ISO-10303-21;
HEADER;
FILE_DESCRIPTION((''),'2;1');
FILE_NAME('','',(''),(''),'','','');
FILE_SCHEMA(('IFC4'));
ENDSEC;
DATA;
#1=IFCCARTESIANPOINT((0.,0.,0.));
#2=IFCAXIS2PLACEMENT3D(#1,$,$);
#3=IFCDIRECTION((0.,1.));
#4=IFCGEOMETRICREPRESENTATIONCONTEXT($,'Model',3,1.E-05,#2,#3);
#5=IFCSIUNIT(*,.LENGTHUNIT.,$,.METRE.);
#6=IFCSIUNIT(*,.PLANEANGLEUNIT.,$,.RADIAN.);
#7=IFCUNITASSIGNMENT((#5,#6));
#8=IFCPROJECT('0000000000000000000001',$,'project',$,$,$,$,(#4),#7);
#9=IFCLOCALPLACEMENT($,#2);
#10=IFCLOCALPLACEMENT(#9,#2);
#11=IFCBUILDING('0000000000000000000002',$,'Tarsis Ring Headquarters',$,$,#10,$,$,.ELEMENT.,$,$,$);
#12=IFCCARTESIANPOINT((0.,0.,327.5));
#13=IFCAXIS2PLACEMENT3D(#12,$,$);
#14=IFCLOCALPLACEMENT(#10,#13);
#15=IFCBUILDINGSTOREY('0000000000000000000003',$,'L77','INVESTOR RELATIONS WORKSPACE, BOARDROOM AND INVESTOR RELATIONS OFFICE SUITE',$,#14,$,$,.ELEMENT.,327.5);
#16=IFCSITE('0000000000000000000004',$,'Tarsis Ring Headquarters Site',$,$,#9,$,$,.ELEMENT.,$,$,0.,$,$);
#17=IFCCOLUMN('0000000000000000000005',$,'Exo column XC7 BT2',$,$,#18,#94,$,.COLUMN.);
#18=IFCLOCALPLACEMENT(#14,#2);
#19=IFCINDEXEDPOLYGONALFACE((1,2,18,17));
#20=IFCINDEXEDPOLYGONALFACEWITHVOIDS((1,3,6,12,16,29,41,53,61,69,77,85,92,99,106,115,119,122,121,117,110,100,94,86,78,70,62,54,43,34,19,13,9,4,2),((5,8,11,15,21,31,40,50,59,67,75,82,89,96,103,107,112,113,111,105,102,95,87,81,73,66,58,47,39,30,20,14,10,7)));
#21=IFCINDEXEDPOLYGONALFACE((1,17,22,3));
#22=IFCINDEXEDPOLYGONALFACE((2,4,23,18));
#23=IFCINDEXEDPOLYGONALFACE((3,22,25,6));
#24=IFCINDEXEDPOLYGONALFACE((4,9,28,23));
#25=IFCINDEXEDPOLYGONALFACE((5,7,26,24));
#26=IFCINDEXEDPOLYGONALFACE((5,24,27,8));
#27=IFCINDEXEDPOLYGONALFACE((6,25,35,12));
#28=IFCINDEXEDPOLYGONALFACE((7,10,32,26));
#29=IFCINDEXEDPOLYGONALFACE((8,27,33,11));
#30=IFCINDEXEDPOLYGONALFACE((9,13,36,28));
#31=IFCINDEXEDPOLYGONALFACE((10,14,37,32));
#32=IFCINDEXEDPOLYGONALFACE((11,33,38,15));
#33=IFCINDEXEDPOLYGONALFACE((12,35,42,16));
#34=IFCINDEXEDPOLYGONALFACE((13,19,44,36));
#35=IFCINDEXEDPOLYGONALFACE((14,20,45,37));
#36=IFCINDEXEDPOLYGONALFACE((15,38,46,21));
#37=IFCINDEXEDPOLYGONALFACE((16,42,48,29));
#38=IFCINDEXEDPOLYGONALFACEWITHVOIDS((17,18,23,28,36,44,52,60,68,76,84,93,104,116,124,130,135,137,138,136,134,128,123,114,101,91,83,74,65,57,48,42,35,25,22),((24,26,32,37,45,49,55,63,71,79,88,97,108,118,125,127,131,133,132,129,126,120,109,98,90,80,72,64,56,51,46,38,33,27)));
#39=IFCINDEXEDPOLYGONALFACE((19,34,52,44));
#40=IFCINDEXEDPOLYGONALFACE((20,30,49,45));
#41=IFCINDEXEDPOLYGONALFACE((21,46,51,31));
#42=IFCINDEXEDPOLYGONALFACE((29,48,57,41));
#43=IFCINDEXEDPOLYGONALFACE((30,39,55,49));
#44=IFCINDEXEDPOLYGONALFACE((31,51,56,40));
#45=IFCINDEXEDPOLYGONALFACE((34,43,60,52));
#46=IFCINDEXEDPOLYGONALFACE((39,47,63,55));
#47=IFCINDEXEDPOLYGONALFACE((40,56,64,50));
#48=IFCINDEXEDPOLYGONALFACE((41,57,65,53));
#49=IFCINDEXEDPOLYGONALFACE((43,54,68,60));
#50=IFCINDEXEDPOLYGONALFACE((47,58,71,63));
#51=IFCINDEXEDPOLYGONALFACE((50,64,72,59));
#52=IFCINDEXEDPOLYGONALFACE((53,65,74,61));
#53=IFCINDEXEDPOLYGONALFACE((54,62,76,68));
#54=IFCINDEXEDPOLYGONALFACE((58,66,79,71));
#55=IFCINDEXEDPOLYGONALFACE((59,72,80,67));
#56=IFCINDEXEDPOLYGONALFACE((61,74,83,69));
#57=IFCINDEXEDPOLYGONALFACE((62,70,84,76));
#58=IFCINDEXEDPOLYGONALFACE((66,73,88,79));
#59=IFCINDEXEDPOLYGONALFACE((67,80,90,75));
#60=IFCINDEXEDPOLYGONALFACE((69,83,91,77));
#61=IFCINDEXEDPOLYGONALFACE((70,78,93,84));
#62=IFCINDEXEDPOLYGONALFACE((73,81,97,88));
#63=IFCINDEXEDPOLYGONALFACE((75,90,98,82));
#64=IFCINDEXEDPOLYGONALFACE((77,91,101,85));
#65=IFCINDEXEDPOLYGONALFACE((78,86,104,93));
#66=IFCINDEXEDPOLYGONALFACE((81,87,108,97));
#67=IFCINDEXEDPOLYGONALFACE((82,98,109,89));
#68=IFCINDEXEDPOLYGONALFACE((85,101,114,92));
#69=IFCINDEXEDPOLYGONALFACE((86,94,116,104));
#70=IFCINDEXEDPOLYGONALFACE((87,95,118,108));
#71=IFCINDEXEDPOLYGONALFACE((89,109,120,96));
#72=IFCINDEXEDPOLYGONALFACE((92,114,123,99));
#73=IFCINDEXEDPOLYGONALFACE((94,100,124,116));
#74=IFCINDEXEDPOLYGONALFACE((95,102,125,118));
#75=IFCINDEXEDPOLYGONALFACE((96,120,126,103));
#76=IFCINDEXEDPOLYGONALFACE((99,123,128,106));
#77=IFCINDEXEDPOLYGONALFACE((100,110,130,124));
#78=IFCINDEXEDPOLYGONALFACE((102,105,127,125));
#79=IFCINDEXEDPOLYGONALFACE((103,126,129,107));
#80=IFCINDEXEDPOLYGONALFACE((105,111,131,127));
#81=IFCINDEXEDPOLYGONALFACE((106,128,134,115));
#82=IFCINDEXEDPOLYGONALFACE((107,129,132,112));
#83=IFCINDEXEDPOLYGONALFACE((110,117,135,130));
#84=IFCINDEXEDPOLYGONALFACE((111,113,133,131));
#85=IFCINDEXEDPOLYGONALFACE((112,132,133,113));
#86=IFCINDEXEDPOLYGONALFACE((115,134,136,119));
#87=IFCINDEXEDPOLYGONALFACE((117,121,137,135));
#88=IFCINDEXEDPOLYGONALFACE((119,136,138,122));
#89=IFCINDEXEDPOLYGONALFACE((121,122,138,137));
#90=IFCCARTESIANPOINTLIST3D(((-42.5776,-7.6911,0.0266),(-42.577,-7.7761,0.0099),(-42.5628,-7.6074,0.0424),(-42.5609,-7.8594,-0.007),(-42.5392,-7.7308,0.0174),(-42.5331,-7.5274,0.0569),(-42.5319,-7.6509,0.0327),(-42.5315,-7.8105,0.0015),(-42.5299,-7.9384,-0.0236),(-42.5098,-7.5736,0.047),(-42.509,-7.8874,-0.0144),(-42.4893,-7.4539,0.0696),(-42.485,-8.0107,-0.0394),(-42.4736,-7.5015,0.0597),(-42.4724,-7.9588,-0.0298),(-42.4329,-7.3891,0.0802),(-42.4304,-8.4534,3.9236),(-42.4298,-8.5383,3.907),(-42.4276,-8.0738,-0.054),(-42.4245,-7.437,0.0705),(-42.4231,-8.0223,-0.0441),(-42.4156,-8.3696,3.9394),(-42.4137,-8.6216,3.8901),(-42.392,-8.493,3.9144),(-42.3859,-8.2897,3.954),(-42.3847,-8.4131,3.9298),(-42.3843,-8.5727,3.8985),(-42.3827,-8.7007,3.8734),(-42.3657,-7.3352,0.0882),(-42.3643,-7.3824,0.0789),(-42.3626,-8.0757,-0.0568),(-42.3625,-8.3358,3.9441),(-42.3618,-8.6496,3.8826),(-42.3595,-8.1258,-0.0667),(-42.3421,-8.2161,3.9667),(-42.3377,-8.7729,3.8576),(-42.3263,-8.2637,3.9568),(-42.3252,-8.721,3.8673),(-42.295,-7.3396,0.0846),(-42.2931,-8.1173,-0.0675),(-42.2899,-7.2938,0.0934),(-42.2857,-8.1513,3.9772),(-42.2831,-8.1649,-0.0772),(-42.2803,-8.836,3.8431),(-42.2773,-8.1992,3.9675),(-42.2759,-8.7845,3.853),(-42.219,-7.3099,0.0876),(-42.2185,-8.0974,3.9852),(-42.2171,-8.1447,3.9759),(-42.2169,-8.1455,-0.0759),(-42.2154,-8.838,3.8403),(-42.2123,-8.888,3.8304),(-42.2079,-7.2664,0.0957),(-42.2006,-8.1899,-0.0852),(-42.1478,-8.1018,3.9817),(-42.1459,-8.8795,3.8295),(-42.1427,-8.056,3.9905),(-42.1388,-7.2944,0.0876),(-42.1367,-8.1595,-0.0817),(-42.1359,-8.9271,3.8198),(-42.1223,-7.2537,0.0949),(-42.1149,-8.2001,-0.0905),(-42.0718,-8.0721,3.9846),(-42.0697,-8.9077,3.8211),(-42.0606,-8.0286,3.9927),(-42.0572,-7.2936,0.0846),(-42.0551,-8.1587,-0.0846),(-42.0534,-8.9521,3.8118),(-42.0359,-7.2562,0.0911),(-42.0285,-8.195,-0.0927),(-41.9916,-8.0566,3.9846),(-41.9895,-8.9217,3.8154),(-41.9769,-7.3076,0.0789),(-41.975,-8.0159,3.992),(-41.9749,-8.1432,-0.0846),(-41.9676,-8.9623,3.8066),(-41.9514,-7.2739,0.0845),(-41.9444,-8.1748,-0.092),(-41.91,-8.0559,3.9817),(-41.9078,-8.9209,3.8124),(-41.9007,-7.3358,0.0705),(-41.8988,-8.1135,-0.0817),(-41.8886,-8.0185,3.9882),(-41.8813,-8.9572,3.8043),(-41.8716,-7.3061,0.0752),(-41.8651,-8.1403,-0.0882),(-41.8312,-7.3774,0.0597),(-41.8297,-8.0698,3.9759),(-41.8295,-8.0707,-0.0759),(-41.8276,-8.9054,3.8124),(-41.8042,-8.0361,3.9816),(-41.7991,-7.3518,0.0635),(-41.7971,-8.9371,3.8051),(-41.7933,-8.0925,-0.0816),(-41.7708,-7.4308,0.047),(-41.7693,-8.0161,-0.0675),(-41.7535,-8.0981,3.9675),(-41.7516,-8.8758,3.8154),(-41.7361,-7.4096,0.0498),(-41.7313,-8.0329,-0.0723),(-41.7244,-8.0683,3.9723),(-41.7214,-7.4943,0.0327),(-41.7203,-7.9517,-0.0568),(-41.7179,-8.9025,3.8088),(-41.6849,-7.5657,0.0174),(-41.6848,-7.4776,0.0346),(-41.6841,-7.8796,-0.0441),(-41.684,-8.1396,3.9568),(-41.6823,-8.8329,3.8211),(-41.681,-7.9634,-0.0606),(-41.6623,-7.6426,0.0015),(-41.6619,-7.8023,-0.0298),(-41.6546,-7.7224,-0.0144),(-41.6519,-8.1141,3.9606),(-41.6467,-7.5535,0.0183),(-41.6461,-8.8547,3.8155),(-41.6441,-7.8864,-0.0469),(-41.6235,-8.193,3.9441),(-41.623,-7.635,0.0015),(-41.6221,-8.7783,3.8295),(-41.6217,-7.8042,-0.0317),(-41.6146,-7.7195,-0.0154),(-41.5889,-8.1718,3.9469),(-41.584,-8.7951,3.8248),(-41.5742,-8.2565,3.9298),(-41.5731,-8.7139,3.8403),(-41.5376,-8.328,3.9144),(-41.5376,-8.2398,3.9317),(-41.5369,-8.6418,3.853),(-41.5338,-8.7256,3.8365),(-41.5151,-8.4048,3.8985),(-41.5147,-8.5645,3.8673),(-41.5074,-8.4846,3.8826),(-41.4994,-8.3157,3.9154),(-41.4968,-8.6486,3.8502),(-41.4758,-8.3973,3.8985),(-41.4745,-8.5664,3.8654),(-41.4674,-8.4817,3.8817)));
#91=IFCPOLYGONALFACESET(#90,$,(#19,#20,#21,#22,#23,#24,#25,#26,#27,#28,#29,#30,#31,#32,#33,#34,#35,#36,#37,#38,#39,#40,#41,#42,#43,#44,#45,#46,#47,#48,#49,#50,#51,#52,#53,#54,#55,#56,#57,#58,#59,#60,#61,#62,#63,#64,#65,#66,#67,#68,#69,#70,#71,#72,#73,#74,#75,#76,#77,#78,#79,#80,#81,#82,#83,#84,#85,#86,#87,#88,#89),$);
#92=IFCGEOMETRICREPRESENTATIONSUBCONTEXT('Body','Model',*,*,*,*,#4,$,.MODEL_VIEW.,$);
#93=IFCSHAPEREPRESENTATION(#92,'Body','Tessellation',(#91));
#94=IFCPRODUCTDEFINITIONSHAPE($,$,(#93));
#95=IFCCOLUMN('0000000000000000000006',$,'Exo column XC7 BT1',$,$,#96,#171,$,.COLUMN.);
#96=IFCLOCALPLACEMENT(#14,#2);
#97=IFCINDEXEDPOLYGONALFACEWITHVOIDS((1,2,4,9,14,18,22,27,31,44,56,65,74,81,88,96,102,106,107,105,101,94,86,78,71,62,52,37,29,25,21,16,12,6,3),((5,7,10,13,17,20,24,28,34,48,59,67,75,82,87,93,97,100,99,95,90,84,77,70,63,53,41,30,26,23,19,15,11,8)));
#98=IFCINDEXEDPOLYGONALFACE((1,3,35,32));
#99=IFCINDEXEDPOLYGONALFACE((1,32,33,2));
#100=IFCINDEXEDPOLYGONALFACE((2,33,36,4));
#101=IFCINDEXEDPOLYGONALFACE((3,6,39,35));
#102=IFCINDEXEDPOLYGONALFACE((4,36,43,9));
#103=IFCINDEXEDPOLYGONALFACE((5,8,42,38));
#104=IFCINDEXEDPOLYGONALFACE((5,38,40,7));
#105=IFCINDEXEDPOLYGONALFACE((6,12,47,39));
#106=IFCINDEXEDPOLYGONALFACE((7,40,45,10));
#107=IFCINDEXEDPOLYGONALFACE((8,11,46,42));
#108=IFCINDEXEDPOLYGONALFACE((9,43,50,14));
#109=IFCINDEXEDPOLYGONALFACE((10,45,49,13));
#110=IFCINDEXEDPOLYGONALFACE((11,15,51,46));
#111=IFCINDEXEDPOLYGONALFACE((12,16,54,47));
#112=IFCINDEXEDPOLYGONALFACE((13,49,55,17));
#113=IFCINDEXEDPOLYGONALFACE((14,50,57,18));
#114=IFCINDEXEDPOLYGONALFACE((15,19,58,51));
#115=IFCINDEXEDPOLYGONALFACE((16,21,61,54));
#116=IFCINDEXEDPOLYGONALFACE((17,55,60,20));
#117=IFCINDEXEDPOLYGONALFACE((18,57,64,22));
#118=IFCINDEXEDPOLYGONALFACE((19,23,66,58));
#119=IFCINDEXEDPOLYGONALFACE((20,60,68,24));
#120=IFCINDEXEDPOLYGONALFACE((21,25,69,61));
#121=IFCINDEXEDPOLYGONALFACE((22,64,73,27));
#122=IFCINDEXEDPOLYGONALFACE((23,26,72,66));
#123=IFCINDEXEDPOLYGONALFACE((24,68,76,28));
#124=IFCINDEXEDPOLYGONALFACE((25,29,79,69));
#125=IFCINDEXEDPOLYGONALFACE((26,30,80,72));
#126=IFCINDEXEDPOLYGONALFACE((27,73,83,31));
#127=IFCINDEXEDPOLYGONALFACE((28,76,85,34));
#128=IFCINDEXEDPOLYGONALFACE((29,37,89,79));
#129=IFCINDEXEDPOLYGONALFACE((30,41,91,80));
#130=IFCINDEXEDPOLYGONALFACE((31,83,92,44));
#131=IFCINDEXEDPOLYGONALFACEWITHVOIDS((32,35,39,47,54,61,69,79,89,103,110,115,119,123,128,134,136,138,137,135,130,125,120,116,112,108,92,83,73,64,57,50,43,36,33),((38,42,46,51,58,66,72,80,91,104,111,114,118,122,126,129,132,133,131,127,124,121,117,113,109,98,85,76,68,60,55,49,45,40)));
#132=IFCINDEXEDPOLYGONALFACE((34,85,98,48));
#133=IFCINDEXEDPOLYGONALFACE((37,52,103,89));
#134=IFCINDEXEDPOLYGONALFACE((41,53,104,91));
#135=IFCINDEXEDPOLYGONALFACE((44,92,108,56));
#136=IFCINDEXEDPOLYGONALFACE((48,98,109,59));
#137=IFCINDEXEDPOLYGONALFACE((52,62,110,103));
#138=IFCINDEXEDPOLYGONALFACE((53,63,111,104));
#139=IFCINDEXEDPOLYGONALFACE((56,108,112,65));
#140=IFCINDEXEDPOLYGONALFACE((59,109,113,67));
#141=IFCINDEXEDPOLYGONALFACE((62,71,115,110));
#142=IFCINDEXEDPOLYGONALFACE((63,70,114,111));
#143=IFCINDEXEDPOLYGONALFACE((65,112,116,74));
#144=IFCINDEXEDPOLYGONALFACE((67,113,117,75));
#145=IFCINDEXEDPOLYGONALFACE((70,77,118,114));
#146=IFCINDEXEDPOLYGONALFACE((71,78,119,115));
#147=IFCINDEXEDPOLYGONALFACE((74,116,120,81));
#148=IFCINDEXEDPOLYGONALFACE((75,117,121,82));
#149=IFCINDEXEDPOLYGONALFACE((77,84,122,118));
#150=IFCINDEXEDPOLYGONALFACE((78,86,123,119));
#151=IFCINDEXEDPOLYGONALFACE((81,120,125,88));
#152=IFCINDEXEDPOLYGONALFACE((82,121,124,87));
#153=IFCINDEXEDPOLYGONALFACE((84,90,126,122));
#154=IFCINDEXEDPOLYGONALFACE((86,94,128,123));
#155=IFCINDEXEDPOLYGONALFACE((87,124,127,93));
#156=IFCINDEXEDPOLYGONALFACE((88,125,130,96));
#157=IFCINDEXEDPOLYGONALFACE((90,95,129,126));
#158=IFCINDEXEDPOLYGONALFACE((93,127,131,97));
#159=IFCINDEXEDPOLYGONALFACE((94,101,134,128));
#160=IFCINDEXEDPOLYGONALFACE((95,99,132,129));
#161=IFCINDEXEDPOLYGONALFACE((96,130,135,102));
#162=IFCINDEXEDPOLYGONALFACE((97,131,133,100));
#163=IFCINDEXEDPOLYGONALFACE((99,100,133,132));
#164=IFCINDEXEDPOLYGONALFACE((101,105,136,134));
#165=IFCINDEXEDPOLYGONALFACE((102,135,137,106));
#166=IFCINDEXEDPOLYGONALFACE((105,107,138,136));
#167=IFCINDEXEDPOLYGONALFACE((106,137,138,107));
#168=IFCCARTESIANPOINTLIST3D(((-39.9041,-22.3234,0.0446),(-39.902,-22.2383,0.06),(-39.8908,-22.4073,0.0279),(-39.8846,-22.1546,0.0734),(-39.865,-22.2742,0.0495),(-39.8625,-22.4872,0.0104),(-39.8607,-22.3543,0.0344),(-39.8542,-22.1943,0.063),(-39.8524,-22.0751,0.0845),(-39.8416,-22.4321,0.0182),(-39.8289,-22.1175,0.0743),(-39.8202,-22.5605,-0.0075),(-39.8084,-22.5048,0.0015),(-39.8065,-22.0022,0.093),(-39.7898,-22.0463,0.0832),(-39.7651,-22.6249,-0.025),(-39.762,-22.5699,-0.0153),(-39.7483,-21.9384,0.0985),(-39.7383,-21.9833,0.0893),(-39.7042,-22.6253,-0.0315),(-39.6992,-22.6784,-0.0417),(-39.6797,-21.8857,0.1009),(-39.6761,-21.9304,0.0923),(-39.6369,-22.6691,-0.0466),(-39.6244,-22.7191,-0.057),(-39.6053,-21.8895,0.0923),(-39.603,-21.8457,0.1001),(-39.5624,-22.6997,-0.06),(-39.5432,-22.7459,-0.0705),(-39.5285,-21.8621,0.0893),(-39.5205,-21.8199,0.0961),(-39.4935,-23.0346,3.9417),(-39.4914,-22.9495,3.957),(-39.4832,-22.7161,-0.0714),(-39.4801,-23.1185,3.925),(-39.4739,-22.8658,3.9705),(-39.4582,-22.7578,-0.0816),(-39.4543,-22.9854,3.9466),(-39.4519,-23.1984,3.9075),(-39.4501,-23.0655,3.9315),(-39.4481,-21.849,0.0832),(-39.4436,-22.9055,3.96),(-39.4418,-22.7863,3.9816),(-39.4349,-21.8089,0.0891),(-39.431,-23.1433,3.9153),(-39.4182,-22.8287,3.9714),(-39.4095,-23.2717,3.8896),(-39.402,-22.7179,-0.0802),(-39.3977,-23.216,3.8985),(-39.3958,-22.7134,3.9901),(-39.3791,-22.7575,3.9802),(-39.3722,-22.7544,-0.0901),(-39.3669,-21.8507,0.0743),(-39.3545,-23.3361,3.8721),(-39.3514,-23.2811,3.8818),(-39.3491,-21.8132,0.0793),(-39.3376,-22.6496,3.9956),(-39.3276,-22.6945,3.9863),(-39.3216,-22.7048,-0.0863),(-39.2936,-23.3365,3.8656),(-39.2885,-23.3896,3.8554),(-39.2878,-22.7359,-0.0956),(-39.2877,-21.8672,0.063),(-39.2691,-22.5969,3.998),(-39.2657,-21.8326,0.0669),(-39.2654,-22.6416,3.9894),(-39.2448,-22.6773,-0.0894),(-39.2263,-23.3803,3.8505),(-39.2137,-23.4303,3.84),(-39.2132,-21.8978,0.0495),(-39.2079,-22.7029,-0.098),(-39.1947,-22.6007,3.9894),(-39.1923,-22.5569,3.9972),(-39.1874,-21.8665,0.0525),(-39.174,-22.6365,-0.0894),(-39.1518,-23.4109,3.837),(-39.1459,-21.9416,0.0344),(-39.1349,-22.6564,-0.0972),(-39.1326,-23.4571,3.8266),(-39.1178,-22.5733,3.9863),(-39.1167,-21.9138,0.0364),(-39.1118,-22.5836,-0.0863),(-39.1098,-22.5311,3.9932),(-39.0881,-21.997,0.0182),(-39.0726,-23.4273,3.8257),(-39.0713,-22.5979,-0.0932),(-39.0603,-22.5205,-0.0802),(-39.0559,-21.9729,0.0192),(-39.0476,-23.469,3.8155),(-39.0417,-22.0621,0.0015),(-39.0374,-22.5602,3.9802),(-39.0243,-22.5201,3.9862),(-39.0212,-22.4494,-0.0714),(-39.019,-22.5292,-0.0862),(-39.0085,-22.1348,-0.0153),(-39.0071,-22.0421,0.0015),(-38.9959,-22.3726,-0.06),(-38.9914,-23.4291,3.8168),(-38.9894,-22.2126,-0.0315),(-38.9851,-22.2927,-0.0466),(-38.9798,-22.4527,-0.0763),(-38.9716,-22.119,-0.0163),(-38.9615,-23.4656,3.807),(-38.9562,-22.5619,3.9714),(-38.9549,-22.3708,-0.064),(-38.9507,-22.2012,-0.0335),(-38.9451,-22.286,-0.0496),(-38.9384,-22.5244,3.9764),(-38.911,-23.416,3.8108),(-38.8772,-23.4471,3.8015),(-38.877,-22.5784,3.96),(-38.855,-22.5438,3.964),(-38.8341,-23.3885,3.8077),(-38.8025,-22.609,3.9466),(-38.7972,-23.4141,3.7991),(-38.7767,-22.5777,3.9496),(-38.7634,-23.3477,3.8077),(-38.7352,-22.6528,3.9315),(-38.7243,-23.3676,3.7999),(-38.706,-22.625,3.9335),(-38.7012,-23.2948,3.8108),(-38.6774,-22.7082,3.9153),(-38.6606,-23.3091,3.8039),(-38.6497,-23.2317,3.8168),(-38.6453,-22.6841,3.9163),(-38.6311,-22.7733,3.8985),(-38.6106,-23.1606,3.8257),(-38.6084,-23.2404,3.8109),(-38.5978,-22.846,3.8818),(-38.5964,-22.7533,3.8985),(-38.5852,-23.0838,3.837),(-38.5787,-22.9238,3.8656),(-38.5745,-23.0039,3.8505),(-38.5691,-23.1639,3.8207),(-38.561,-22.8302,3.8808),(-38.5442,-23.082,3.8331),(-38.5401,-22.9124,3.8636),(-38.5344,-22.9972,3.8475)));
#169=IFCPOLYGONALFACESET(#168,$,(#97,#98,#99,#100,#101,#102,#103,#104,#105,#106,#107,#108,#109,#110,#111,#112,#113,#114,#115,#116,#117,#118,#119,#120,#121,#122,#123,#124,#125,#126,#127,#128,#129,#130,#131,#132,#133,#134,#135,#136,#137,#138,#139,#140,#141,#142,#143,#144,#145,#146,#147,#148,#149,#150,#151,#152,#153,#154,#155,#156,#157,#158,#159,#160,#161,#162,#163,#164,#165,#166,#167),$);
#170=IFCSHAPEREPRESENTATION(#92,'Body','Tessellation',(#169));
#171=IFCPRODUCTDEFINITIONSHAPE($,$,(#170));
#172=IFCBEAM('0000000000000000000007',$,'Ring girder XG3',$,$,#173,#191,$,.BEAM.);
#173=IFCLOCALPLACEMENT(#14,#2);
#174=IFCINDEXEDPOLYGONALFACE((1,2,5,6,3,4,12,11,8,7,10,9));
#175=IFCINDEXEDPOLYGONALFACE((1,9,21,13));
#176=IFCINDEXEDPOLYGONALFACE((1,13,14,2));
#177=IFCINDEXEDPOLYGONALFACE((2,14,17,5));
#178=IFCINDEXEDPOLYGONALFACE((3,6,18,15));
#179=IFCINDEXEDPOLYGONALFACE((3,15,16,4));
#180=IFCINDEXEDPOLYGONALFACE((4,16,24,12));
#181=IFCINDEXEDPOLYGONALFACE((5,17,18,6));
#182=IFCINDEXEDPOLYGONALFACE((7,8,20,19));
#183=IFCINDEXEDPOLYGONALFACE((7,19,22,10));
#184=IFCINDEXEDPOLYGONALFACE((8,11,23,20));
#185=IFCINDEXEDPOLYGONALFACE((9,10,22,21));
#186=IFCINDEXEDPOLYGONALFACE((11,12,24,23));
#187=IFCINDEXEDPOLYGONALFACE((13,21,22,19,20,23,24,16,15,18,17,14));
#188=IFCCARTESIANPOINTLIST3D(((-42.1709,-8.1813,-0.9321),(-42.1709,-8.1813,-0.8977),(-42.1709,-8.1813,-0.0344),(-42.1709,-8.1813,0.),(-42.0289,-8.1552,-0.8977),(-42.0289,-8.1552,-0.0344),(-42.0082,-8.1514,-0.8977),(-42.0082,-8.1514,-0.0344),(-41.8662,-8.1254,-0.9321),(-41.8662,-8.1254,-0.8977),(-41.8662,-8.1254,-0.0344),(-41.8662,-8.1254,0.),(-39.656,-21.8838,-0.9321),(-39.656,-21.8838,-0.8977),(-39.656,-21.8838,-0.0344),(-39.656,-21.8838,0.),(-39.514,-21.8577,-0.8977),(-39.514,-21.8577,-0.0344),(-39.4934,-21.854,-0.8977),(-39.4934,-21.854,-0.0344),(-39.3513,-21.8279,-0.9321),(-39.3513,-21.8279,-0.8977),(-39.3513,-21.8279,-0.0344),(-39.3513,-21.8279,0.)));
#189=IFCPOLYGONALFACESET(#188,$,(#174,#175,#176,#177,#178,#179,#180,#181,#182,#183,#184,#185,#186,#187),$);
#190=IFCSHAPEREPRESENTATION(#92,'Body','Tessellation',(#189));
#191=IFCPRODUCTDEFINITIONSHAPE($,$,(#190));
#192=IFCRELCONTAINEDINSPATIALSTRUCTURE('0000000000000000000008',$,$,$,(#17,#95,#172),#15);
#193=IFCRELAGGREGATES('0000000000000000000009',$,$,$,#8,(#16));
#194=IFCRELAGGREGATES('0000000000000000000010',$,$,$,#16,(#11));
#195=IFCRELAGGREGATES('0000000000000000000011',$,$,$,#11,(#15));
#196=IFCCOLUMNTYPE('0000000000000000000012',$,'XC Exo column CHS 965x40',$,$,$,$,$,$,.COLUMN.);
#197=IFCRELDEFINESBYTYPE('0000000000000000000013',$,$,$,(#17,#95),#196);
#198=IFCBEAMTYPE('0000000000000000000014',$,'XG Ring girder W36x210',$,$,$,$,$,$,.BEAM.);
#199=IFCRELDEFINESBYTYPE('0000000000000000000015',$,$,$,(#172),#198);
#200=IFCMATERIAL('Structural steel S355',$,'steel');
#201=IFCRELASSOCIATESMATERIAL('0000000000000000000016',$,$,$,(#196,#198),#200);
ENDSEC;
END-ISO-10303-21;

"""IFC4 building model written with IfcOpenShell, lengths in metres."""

from ifc_helpers import new_model, si_unit, direction, frame, origin, origin_2d, place, context, subcontext, project, spatial, hollow_circle, i_section, extrude, material, material_profile, profile_set, type_object, element, save


model = new_model("IFC4")

# Units and contexts
model_context = context("Model", 3, precision=1e-05, world=origin(), true_north=direction((0.0, 1.0)))
body_context = subcontext(model_context, "Body", "Model", "MODEL_VIEW")
ifc_project = project(units=[si_unit("LENGTHUNIT", "METRE"), si_unit("PLANEANGLEUNIT", "RADIAN")], contexts=[model_context])

# Site, building, storey
site_placement = place(None, origin())
site = spatial("IfcSite", under=ifc_project, at=site_placement, Name="Tarsis Ring Headquarters Site", CompositionType="ELEMENT", RefElevation=0.0)
building_placement = place(site_placement, origin())
building = spatial("IfcBuilding", under=site, at=building_placement, Name="Tarsis Ring Headquarters", CompositionType="ELEMENT")
storey_placement = place(building_placement, frame((0.0, 0.0, 327.5)))
storey = spatial("IfcBuildingStorey", under=building, at=storey_placement, Name="L77", Description="INVESTOR RELATIONS WORKSPACE, BOARDROOM AND INVESTOR RELATIONS OFFICE SUITE", CompositionType="ELEMENT", Elevation=327.5)

# Columns
ifc_material_1 = material(Name="Structural steel S355", Category="steel")
ifc_material_profile_1 = material_profile(ifc_material_1, hollow_circle(Radius=0.4827, WallThickness=0.04, at=origin_2d()), Name="CHS 965x40")
ifc_profile_set_1 = profile_set([ifc_material_profile_1], Name="Structural steel S355")
column_type = type_object("IfcColumnType", Name="XC Exo column CHS 965x40", PredefinedType="COLUMN", material=ifc_profile_set_1)
column_1_placement = place(storey_placement, frame((-42.0969, -7.7266, 0.0015), z_axis=(0.037049, -0.191821, 0.98073), x_axis=(0.981854, 0.189641, 0.0)))
element("IfcColumn", 1, at=column_1_placement, inside=storey, type_object=column_type, Name="Exo column XC7 BT2", PredefinedType="COLUMN", context=body_context, shape_type="SweptSolid", body=[
    extrude(hollow_circle(Radius=0.4827, WallThickness=0.04, at=origin_2d()), origin(), (0.0, 0.0, 1.0), 3.9736),
])
column_2_placement = place(storey_placement, frame((-39.425, -22.2834, 0.0015), z_axis=(0.103111, -0.178574, 0.978509), x_axis=(0.866002, 0.50004, 0.0)))
element("IfcColumn", 2, at=column_2_placement, inside=storey, type_object=column_type, Name="Exo column XC7 BT1", PredefinedType="COLUMN", context=body_context, shape_type="SweptSolid", body=[
    extrude(hollow_circle(Radius=0.4827, WallThickness=0.04, at=origin_2d()), origin(), (0.0, 0.0, 1.0), 3.9827),
])

# Beam
ifc_material_profile_2 = material_profile(ifc_material_1, i_section(OverallWidth=0.3098, OverallDepth=0.9321, WebThickness=0.021, FlangeThickness=0.0344, at=origin_2d()), Name="W36x210")
ifc_profile_set_2 = profile_set([ifc_material_profile_2], Name="Structural steel S355")
beam_type = type_object("IfcBeamType", Name="XG Ring girder W36x210", PredefinedType="BEAM", material=ifc_profile_set_2)
beam_1_placement = place(storey_placement, frame((-42.0186, -8.1533, -0.4661), z_axis=(0.180518, -0.983572, 0.0), x_axis=(0.983572, 0.180518, 0.0)))
element("IfcBeam", 3, at=beam_1_placement, inside=storey, type_object=beam_type, Name="Ring girder XG3", PredefinedType="BEAM", context=body_context, shape_type="SweptSolid", body=[
    extrude(i_section(OverallWidth=0.3098, OverallDepth=0.9321, WebThickness=0.021, FlangeThickness=0.0344, at=origin_2d()), origin(), (0.0, 0.0, 1.0), 13.9314),
])

save(model, "model.ifc")
